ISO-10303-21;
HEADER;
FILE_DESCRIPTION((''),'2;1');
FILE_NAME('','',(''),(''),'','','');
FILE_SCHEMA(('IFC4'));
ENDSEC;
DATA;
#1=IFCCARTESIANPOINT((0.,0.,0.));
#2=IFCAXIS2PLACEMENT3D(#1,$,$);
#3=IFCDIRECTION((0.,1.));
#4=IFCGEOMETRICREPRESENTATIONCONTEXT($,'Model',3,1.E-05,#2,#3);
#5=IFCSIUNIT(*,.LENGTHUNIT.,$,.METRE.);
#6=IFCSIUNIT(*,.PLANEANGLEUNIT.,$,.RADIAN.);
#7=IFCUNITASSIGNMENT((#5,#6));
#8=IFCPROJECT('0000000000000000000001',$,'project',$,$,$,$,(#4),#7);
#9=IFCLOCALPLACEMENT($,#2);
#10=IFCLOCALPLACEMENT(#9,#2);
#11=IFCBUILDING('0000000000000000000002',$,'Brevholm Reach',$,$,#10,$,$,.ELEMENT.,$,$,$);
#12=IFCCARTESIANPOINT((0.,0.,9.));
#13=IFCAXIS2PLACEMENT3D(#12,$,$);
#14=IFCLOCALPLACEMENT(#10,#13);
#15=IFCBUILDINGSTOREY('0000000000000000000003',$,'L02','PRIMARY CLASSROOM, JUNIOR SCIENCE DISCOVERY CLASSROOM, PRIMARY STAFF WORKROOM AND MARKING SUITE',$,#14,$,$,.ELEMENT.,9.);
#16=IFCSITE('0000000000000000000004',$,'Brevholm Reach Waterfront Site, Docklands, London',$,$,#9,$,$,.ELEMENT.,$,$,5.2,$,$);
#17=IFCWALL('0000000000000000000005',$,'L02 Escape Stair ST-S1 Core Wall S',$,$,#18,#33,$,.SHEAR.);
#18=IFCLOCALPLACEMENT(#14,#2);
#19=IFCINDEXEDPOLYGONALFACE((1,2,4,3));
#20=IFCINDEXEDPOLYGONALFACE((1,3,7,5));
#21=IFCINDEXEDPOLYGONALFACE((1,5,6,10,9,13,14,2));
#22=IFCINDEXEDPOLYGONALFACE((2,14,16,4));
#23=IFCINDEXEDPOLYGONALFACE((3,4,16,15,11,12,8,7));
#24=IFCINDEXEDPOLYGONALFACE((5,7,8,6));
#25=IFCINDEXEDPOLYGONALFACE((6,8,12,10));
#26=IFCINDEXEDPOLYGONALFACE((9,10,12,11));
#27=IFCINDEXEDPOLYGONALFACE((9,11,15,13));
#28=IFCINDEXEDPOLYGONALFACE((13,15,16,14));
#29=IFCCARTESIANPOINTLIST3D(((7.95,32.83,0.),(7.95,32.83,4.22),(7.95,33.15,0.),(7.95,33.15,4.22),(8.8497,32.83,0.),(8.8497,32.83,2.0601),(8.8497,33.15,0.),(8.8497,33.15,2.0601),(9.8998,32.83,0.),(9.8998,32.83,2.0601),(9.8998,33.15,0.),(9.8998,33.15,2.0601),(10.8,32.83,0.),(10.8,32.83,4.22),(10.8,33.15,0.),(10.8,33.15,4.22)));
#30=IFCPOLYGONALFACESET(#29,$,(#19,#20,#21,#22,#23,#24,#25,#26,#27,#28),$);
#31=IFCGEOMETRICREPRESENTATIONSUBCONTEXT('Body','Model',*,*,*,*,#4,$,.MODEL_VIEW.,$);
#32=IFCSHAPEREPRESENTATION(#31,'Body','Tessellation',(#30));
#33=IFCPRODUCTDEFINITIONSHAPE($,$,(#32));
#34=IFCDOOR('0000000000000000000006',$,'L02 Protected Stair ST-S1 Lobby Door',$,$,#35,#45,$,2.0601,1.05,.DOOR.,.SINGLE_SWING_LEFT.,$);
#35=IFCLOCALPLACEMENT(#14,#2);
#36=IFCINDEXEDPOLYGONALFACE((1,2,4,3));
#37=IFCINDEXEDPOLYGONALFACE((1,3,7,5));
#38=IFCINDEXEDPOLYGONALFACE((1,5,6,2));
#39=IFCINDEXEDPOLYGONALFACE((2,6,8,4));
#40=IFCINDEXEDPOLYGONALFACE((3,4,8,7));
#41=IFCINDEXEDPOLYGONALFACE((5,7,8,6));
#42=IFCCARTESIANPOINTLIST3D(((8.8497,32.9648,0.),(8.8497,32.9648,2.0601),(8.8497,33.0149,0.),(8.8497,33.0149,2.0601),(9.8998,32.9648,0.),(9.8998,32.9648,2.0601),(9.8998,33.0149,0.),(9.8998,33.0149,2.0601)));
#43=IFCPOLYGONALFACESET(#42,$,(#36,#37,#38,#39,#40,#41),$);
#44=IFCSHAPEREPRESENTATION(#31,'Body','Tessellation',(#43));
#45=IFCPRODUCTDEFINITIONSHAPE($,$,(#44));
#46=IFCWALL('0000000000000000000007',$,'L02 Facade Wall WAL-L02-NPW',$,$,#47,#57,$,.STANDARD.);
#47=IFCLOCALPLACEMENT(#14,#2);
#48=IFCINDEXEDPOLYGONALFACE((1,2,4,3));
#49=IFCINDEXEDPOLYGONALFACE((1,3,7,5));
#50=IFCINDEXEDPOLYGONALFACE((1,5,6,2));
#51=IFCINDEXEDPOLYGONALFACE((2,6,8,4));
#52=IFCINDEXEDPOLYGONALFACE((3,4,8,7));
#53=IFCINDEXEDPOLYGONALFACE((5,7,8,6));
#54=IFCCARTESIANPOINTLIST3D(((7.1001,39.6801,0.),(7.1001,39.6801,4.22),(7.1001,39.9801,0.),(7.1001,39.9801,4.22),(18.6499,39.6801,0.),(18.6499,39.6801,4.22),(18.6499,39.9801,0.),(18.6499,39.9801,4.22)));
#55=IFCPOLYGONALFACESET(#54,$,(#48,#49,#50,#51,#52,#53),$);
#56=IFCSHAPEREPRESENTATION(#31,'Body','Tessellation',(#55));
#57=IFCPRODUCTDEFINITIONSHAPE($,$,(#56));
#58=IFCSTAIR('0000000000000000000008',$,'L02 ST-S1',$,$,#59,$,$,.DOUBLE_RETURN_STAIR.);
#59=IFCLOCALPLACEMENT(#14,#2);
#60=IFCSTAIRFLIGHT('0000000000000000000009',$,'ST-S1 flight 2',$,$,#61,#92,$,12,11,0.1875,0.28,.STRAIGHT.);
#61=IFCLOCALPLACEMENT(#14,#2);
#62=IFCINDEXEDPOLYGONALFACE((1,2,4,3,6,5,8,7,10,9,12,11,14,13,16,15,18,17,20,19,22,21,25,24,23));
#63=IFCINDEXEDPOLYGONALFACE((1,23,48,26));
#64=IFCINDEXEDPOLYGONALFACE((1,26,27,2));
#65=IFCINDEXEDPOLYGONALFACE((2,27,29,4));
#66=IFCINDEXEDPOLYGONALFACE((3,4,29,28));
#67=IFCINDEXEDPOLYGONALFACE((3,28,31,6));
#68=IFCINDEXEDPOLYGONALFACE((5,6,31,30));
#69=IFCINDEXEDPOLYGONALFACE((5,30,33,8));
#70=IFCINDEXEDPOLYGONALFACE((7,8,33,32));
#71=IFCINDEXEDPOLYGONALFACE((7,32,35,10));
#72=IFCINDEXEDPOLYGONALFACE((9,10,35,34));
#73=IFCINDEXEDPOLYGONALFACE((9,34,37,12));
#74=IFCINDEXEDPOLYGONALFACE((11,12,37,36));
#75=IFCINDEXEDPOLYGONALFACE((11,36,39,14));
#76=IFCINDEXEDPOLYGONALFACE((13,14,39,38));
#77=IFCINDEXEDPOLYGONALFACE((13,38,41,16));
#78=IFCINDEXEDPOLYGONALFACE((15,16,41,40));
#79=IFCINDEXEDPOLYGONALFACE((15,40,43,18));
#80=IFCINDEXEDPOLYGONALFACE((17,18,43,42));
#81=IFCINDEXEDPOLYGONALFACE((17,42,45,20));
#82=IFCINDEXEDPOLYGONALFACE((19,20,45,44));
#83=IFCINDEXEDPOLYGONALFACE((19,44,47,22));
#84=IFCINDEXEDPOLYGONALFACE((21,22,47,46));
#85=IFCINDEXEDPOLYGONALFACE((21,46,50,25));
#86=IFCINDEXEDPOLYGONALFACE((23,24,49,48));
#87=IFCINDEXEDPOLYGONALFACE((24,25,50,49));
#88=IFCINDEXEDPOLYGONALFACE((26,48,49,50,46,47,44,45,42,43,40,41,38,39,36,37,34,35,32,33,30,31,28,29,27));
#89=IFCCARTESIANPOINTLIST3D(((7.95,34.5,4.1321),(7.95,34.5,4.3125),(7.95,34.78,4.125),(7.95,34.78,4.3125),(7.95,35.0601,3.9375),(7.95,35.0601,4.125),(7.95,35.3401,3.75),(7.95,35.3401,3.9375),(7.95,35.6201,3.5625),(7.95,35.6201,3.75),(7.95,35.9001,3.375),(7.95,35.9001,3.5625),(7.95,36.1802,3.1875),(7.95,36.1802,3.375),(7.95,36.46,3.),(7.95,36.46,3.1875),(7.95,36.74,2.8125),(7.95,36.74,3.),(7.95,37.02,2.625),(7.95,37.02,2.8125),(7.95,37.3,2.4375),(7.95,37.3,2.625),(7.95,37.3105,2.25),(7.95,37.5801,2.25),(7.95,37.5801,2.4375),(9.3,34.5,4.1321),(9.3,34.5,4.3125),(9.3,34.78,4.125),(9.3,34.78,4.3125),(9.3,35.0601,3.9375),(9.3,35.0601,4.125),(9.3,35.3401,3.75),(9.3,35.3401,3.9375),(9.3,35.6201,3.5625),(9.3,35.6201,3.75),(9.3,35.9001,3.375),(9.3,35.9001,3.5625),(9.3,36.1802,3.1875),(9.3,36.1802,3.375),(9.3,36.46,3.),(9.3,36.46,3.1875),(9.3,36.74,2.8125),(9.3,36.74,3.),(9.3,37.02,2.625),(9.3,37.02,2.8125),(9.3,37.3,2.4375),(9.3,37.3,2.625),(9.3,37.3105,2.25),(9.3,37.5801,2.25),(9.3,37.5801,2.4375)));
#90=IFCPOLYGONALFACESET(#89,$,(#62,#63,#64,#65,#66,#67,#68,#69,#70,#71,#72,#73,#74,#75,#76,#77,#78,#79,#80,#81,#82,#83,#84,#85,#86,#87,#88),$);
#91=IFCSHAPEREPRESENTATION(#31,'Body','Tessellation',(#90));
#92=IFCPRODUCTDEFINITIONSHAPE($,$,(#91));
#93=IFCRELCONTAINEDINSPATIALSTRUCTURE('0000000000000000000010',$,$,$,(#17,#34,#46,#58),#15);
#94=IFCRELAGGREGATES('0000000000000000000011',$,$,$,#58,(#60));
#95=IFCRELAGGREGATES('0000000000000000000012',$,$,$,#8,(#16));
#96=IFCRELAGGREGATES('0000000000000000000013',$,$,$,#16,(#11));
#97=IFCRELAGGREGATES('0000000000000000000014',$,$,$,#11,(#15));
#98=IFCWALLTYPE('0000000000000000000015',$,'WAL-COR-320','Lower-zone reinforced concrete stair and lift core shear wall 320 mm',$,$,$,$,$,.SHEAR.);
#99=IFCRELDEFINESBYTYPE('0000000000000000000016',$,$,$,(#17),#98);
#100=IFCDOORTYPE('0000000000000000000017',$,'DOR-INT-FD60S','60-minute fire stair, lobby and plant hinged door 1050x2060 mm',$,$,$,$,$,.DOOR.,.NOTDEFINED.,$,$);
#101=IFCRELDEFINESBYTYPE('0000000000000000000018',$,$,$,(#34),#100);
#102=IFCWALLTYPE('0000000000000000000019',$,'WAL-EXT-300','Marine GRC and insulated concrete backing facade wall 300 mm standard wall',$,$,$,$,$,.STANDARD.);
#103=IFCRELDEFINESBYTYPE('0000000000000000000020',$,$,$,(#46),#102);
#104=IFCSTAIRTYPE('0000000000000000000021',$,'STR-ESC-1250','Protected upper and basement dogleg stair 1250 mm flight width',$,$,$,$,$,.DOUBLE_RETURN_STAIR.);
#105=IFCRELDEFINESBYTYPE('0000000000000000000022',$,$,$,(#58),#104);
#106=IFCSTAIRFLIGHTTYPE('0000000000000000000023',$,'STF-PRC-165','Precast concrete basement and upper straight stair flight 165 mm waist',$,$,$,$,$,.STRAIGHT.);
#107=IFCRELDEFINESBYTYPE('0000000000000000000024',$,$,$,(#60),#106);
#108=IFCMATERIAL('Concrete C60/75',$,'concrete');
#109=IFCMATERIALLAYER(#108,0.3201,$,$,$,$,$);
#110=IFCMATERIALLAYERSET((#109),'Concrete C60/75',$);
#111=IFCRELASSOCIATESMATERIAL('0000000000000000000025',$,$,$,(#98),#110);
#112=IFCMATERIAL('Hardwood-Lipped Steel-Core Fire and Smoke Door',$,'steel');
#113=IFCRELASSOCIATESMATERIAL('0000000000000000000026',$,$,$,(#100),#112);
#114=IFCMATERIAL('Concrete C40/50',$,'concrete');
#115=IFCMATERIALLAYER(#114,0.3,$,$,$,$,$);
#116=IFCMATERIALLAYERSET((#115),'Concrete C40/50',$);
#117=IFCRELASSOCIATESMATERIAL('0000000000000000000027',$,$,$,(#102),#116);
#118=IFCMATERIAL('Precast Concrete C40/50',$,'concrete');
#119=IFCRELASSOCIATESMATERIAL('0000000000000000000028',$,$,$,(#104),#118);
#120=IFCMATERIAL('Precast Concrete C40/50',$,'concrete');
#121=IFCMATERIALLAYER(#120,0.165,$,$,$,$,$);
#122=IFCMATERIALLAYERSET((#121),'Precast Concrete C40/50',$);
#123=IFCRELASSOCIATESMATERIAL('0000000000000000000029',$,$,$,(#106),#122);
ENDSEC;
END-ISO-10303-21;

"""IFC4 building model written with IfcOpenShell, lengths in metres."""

from ifc_helpers import new_model, si_unit, direction, frame, frame_2d, origin, place, context, subcontext, project, spatial, polyline, rectangle, outline, extrude, material, layer, layer_set, type_object, element, fill, aggregate, save


model = new_model("IFC4")

# Units and contexts
model_context = context("Model", 3, precision=1e-05, world=origin(), true_north=direction((0.0, 1.0)))
body_context = subcontext(model_context, "Body", "Model", "MODEL_VIEW")
ifc_project = project(units=[si_unit("LENGTHUNIT", "METRE"), si_unit("PLANEANGLEUNIT", "RADIAN")], contexts=[model_context])

# Site, building, storey
site_placement = place(None, origin())
site = spatial("IfcSite", under=ifc_project, at=site_placement, Name="Brevholm Reach Waterfront Site, Docklands, London", CompositionType="ELEMENT", RefElevation=5.2)
building_placement = place(site_placement, origin())
building = spatial("IfcBuilding", under=site, at=building_placement, Name="Brevholm Reach", CompositionType="ELEMENT")
storey_placement = place(building_placement, frame((0.0, 0.0, 9.0)))
storey = spatial("IfcBuildingStorey", under=building, at=storey_placement, Name="L02", Description="PRIMARY CLASSROOM, JUNIOR SCIENCE DISCOVERY CLASSROOM, PRIMARY STAFF WORKROOM AND MARKING SUITE", CompositionType="ELEMENT", Elevation=9.0)

# Shared definitions
ifc_material_1 = material(Name="Concrete C60/75", Category="concrete")
ifc_layer_1 = layer(ifc_material_1, 0.3201)
ifc_layer_set_1 = layer_set([ifc_layer_1], Name="Concrete C60/75")
wall_type_1 = type_object("IfcWallType", Name="WAL-COR-320", Description="Lower-zone reinforced concrete stair and lift core shear wall 320 mm", PredefinedType="SHEAR", material=ifc_layer_set_1)

# Wall, opening, door
wall_1_placement = place(storey_placement, frame((7.95, 32.99, 0.0), z_axis=(0.0, 0.0, 1.0), x_axis=(1.0, 0.0, 0.0)))
wall_1 = element("IfcWall", 1, at=wall_1_placement, inside=storey, type_object=wall_type_1, Name="L02 Escape Stair ST-S1 Core Wall S", PredefinedType="SHEAR", context=body_context, shape_type="SweptSolid", body=[
    extrude(rectangle(XDim=2.8501, YDim=0.3201, at=frame_2d((1.425, 0.0))), origin(), (0.0, 0.0, 1.0), 4.22),
])
opening_placement = place(wall_1_placement, frame((0.8999, 0.0, 0.0)))
opening = element("IfcOpeningElement", 2, at=opening_placement, cuts=wall_1, PredefinedType="OPENING", context=body_context, shape_type="SweptSolid", body=[
    extrude(rectangle(XDim=1.05, YDim=2.0601, at=frame_2d((0.5249, 1.03))), frame((0.0, 0.1699, 0.0), z_axis=(0.0, -1.0, 0.0), x_axis=(1.0, 0.0, 0.0)), (0.0, 0.0, 1.0), 0.3401),
])
ifc_material_2 = material(Name="Hardwood-Lipped Steel-Core Fire and Smoke Door", Category="steel")
door_type = type_object("IfcDoorType", Name="DOR-INT-FD60S", Description="60-minute fire stair, lobby and plant hinged door 1050x2060 mm", OperationType="NOTDEFINED", PredefinedType="DOOR", material=ifc_material_2)
door_placement = place(opening_placement, origin())
door = element("IfcDoor", 3, at=door_placement, inside=storey, type_object=door_type, Name="L02 Protected Stair ST-S1 Lobby Door", OperationType="SINGLE_SWING_LEFT", OverallHeight=2.0601, OverallWidth=1.05, PredefinedType="DOOR", context=body_context, shape_type="SweptSolid", body=[
    extrude(rectangle(XDim=1.05, YDim=2.0601, at=frame_2d((0.5249, 1.03))), frame((0.0, 0.0249, 0.0), z_axis=(0.0, -1.0, 0.0), x_axis=(1.0, 0.0, 0.0)), (0.0, 0.0, 1.0), 0.05),
])
fill(opening, door)

# Wall
ifc_material_3 = material(Name="Concrete C40/50", Category="concrete")
ifc_layer_2 = layer(ifc_material_3, 0.3)
ifc_layer_set_2 = layer_set([ifc_layer_2], Name="Concrete C40/50")
wall_type_2 = type_object("IfcWallType", Name="WAL-EXT-300", Description="Marine GRC and insulated concrete backing facade wall 300 mm standard wall", PredefinedType="STANDARD", material=ifc_layer_set_2)
wall_2_placement = place(storey_placement, frame((7.1001, 39.8301, 0.0), z_axis=(0.0, 0.0, 1.0), x_axis=(1.0, 0.0, 0.0)))
element("IfcWall", 4, at=wall_2_placement, inside=storey, type_object=wall_type_2, Name="L02 Facade Wall WAL-L02-NPW", PredefinedType="STANDARD", context=body_context, shape_type="SweptSolid", body=[
    extrude(rectangle(XDim=11.5498, YDim=0.3, at=frame_2d((5.7749, 0.0))), origin(), (0.0, 0.0, 1.0), 4.22),
])

# Stair, stair flight
ifc_material_4 = material(Name="Precast Concrete C40/50", Category="concrete")
stair_type = type_object("IfcStairType", Name="STR-ESC-1250", Description="Protected upper and basement dogleg stair 1250 mm flight width", PredefinedType="DOUBLE_RETURN_STAIR", material=ifc_material_4)
stair_placement = place(storey_placement, origin())
stair = element("IfcStair", 5, at=stair_placement, inside=storey, type_object=stair_type, Name="L02 ST-S1", PredefinedType="DOUBLE_RETURN_STAIR")
ifc_material_5 = material(Name="Precast Concrete C40/50", Category="concrete")
ifc_layer_3 = layer(ifc_material_5, 0.165)
ifc_layer_set_3 = layer_set([ifc_layer_3], Name="Precast Concrete C40/50")
stair_flight_type = type_object("IfcStairFlightType", Name="STF-PRC-165", Description="Precast concrete basement and upper straight stair flight 165 mm waist", PredefinedType="STRAIGHT", material=ifc_layer_set_3)
stair_flight_placement = place(storey_placement, frame((8.625, 37.5801, 2.25), z_axis=(0.0, 0.0, 1.0), x_axis=(0.0, -1.0, 0.0)))
stair_flight = element("IfcStairFlight", 6, at=stair_flight_placement, type_object=stair_flight_type, Name="ST-S1 flight 2", NumberOfRisers=12, NumberOfTreads=11, PredefinedType="STRAIGHT", RiserHeight=0.1875, TreadLength=0.28, context=body_context, shape_type="SweptSolid", body=[
    extrude(outline(polyline([(0.0, 0.0), (0.0, 0.1875), (0.28, 0.1875), (0.28, 0.375), (0.5601, 0.375), (0.5601, 0.5625), (0.8401, 0.5625), (0.8401, 0.75), (1.1201, 0.75), (1.1201, 0.9375), (1.3999, 0.9375), (1.3999, 1.125), (1.6799, 1.125), (1.6799, 1.3125), (1.96, 1.3125), (1.96, 1.5), (2.24, 1.5), (2.24, 1.6875), (2.52, 1.6875), (2.52, 1.875), (2.8, 1.875), (2.8, 2.0625), (3.0801, 2.0625), (3.0801, 2.25), (3.0801, 1.8821), (0.2695, 0.0), (0.0, 0.0)])), frame((0.0, 0.675, 0.0), z_axis=(0.0, -1.0, 0.0), x_axis=(1.0, 0.0, 0.0)), (0.0, 0.0, 1.0), 1.3501),
])
aggregate(stair, [stair_flight])

save(model, "model.ifc")
